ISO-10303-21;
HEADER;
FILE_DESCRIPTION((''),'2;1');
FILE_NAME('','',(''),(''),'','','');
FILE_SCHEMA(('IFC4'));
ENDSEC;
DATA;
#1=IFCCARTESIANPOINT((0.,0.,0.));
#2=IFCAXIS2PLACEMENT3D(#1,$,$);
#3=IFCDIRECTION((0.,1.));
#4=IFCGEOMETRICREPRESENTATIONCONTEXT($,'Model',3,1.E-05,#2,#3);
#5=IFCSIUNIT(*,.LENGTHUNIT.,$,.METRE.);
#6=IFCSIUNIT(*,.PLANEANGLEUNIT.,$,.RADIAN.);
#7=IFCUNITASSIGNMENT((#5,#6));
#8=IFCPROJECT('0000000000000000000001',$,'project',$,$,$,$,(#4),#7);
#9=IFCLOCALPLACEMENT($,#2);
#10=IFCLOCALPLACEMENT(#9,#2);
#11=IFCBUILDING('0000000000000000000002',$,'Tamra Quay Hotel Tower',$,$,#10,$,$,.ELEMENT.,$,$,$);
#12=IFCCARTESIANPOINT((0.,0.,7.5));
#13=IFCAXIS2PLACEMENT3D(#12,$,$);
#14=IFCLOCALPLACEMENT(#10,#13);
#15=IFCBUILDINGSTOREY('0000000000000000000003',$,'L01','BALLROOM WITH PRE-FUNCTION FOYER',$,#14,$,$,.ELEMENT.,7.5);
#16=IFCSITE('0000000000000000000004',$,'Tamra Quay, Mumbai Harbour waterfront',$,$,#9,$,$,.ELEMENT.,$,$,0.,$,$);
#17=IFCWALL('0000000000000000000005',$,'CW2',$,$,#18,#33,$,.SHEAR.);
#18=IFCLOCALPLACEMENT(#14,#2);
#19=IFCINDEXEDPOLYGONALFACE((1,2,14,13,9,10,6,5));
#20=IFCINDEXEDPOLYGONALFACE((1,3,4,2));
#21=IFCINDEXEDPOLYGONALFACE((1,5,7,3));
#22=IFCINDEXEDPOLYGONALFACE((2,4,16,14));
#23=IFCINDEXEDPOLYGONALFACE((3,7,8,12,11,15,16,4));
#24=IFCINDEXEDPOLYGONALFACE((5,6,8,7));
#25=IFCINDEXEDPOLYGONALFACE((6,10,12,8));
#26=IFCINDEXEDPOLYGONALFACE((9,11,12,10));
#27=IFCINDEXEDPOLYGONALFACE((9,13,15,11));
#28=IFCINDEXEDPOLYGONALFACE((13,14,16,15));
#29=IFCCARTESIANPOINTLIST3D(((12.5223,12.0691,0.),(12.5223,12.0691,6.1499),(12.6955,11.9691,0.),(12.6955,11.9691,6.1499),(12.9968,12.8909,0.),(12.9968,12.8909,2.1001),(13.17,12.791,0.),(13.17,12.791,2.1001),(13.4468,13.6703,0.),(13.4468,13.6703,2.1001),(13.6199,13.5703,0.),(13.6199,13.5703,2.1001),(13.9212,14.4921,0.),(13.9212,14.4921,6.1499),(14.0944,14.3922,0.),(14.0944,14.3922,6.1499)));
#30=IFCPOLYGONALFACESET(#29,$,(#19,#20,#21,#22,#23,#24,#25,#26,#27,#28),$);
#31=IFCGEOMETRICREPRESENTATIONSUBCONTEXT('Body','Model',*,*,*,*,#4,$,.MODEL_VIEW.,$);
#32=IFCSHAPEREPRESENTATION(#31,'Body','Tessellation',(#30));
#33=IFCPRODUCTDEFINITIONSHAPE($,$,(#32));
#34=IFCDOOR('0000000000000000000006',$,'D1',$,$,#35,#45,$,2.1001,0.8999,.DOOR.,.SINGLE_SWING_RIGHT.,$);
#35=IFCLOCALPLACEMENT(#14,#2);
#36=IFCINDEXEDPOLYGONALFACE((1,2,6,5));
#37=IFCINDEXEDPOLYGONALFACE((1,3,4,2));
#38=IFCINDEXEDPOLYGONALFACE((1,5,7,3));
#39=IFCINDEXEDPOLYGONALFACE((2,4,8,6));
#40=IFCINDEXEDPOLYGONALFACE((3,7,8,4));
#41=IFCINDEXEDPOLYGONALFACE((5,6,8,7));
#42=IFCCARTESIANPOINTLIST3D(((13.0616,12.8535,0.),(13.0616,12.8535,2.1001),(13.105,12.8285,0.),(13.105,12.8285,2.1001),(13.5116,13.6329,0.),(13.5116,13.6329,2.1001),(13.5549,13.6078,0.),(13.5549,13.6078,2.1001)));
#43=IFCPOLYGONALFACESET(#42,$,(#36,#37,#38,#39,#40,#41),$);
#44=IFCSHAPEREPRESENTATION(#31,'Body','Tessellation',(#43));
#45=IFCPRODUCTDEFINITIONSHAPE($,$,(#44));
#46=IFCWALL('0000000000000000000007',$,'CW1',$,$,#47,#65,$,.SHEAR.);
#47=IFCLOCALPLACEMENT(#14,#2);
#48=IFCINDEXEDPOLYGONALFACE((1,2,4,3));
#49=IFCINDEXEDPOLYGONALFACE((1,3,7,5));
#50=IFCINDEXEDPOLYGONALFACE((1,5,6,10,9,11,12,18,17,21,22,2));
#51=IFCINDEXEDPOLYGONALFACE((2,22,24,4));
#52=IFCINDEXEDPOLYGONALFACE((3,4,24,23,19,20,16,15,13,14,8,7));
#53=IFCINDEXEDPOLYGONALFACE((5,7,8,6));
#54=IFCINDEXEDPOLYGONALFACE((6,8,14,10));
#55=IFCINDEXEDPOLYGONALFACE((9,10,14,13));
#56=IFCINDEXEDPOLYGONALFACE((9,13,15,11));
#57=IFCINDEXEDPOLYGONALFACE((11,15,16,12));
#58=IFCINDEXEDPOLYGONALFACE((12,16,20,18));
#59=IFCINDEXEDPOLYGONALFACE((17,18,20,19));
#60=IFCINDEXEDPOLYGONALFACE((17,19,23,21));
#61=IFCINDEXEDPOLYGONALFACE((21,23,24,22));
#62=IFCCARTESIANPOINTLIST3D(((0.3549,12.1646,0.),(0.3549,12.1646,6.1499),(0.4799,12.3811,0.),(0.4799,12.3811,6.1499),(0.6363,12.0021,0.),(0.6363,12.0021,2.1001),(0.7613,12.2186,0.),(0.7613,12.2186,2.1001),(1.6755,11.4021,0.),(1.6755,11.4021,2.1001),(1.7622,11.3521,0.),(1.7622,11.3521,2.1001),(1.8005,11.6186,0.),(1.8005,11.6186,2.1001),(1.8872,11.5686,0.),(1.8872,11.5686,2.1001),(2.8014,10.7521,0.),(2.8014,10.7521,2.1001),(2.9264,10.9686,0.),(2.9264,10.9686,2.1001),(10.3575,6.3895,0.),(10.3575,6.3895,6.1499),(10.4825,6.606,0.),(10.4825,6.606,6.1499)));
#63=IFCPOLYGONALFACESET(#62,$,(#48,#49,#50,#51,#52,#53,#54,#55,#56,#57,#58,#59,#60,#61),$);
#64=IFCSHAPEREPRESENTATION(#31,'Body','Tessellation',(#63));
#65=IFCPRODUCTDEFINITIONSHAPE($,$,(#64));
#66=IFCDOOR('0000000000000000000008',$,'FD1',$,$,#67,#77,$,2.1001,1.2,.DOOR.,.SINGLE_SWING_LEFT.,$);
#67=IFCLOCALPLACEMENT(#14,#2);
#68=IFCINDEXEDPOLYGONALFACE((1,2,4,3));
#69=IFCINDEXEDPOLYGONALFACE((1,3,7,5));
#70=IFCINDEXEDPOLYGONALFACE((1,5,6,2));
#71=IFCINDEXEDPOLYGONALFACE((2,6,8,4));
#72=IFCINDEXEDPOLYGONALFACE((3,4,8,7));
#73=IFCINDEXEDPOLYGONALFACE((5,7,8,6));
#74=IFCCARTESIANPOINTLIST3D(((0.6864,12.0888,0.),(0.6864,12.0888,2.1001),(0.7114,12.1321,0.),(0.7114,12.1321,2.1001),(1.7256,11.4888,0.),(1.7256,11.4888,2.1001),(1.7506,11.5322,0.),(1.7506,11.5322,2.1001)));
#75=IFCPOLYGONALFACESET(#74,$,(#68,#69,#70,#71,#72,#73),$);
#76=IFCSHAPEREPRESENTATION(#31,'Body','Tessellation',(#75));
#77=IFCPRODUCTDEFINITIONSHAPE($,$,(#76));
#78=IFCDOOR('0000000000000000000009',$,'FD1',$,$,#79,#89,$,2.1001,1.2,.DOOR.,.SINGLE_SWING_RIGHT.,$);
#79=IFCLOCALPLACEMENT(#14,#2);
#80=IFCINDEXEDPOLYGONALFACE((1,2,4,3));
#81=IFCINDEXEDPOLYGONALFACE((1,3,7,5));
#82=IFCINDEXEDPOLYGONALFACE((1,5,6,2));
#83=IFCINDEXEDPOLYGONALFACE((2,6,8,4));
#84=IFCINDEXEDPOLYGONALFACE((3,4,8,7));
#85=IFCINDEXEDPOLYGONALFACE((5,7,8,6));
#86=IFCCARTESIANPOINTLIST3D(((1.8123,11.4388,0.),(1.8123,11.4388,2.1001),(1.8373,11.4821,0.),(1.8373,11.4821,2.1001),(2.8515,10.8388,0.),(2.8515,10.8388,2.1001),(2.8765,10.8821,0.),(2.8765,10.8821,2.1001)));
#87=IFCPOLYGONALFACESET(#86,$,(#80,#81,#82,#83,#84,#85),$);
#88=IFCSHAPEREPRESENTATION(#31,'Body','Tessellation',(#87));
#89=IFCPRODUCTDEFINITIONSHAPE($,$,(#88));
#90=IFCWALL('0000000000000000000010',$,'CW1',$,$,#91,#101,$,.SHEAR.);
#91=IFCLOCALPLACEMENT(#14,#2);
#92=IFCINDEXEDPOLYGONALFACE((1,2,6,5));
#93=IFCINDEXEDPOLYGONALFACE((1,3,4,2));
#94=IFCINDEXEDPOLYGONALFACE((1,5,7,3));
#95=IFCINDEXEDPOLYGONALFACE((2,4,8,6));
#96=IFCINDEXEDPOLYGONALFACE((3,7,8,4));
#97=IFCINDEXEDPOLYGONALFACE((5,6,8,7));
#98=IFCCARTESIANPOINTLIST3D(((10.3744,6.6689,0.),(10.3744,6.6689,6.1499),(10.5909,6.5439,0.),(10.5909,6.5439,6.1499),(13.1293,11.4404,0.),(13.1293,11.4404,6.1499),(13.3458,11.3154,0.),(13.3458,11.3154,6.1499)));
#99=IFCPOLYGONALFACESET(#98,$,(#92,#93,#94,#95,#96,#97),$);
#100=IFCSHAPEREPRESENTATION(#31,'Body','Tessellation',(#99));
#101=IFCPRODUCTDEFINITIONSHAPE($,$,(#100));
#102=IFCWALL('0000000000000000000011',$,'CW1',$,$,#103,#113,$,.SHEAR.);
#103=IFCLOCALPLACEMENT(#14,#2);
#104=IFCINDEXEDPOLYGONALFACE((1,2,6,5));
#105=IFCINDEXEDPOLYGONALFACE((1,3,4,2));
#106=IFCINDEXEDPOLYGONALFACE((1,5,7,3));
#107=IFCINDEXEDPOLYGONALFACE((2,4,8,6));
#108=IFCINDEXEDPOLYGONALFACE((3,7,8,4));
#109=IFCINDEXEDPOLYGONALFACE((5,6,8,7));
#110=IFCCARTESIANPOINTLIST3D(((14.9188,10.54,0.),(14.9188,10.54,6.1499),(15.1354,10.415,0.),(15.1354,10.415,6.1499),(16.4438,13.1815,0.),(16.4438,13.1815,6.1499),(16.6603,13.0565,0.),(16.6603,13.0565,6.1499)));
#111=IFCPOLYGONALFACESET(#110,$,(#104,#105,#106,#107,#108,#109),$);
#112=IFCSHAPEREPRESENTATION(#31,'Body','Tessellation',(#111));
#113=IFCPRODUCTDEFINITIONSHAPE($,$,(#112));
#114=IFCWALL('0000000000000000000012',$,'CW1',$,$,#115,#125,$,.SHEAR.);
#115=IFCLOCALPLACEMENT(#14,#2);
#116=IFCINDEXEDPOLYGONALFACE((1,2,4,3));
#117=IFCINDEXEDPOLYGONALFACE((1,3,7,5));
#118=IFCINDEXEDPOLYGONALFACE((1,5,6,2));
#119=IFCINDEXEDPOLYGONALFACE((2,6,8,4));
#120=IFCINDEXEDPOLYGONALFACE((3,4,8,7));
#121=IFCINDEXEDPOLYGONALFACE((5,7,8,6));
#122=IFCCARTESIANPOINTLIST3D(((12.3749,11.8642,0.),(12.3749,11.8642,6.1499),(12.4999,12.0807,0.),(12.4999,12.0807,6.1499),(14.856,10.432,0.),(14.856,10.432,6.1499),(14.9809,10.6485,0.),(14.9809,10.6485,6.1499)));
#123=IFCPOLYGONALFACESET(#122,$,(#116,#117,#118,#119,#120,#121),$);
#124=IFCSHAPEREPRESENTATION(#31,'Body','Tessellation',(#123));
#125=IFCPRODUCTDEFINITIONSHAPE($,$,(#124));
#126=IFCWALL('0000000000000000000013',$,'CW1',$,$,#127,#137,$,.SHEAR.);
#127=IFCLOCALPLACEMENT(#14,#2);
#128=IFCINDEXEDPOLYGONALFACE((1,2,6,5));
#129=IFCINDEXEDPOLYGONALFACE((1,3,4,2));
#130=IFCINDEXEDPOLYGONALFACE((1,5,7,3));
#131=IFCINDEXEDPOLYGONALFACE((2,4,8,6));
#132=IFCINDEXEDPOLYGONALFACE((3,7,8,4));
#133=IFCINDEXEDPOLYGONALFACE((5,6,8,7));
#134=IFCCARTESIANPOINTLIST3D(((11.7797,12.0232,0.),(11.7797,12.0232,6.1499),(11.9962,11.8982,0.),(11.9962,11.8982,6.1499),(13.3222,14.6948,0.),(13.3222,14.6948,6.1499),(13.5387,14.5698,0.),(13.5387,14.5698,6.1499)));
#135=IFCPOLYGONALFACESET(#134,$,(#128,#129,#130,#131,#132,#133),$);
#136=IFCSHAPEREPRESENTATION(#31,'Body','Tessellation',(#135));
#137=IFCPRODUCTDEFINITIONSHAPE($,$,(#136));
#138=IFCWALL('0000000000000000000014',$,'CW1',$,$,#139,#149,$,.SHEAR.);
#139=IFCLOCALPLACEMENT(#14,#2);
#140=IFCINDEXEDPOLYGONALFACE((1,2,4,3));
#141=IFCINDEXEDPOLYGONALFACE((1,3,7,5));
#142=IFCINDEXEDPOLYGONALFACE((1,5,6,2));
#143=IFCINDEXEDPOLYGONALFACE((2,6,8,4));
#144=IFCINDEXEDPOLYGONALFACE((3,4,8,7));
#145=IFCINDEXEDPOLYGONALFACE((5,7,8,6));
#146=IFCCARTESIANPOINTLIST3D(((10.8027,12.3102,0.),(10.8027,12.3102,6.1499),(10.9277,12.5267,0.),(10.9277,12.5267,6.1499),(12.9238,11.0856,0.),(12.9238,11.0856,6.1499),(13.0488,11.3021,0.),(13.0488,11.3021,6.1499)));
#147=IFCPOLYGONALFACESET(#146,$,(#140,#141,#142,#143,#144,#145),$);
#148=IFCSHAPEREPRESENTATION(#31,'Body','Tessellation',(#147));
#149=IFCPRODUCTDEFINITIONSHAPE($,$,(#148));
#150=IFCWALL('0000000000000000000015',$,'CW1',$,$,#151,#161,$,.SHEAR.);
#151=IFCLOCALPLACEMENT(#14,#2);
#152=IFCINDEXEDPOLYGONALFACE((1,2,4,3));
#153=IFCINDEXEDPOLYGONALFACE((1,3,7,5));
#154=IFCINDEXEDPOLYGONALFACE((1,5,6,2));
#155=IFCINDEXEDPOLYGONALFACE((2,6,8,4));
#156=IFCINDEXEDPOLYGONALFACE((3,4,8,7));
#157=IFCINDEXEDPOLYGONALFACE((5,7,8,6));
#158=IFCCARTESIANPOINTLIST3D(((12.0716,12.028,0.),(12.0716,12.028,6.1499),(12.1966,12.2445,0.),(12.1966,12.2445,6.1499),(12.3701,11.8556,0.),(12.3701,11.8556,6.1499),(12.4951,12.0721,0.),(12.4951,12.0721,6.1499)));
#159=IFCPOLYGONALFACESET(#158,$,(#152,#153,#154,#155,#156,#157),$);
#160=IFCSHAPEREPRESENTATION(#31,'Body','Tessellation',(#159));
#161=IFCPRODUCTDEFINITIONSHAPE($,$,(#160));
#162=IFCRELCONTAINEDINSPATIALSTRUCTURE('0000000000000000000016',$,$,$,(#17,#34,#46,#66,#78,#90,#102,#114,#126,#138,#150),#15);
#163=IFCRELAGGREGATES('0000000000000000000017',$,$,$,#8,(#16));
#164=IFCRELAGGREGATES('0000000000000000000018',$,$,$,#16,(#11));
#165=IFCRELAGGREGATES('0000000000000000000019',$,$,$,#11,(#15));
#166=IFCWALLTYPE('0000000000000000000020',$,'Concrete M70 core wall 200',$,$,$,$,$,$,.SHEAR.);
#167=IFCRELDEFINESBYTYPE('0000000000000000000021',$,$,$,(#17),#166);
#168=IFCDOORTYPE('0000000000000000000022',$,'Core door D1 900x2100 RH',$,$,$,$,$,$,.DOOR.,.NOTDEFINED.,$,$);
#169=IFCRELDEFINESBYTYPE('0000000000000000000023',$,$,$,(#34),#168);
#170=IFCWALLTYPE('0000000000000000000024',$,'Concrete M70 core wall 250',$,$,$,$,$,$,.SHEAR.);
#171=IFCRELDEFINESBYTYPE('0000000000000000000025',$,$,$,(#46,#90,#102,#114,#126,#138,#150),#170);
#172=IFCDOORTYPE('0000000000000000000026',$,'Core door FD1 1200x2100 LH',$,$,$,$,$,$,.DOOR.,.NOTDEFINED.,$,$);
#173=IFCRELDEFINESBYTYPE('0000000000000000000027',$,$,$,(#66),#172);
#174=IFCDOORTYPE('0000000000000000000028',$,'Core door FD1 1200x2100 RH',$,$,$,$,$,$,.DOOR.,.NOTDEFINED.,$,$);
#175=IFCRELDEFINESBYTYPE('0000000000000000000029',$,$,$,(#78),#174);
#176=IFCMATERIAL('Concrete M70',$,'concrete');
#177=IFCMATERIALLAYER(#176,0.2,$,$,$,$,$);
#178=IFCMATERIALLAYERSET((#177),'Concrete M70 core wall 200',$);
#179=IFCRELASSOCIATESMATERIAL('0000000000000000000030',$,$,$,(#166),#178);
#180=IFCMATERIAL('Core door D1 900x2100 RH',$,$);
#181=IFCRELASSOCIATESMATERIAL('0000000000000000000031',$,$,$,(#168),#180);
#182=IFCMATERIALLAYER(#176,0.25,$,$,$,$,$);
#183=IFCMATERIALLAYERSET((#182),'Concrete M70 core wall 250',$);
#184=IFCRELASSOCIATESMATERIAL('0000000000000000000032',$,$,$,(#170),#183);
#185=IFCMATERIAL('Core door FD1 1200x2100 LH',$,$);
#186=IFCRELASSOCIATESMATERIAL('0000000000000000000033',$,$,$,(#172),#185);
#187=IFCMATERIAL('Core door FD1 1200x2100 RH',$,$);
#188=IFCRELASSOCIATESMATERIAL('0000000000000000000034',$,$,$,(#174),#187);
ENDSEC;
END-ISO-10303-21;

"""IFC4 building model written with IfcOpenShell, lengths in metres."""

from ifc_helpers import new_model, si_unit, direction, frame, frame_2d, origin, place, context, subcontext, project, spatial, rectangle, extrude, material, layer, layer_set, type_object, element, fill, save


model = new_model("IFC4")

# Units and contexts
model_context = context("Model", 3, precision=1e-05, world=origin(), true_north=direction((0.0, 1.0)))
body_context = subcontext(model_context, "Body", "Model", "MODEL_VIEW")
ifc_project = project(units=[si_unit("LENGTHUNIT", "METRE"), si_unit("PLANEANGLEUNIT", "RADIAN")], contexts=[model_context])

# Site, building, storey
site_placement = place(None, origin())
site = spatial("IfcSite", under=ifc_project, at=site_placement, Name="Tamra Quay, Mumbai Harbour waterfront", CompositionType="ELEMENT", RefElevation=0.0)
building_placement = place(site_placement, origin())
building = spatial("IfcBuilding", under=site, at=building_placement, Name="Tamra Quay Hotel Tower", CompositionType="ELEMENT")
storey_placement = place(building_placement, frame((0.0, 0.0, 7.5)))
storey = spatial("IfcBuildingStorey", under=building, at=storey_placement, Name="L01", Description="BALLROOM WITH PRE-FUNCTION FOYER", CompositionType="ELEMENT", Elevation=7.5)

# Wall, opening, door
ifc_material_1 = material(Name="Concrete M70", Category="concrete")
ifc_layer_1 = layer(ifc_material_1, 0.2)
ifc_layer_set_1 = layer_set([ifc_layer_1], Name="Concrete M70 core wall 200")
wall_type_1 = type_object("IfcWallType", Name="Concrete M70 core wall 200", PredefinedType="SHEAR", material=ifc_layer_set_1)
wall_1_placement = place(storey_placement, frame((14.0078, 14.4421, 0.0), z_axis=(0.0, 0.0, 1.0), x_axis=(-0.499987, -0.866033, 0.0)))
wall_1 = element("IfcWall", 1, at=wall_1_placement, inside=storey, type_object=wall_type_1, Name="CW2", PredefinedType="SHEAR", context=body_context, shape_type="SweptSolid", body=[
    extrude(rectangle(XDim=2.7979, YDim=0.2, at=frame_2d((1.3989, 0.0))), origin(), (0.0, 0.0, 1.0), 6.1499),
])
opening_1_placement = place(wall_1_placement, frame((0.949, 0.0, 0.0)))
opening_1 = element("IfcOpeningElement", 2, at=opening_1_placement, cuts=wall_1, PredefinedType="OPENING", context=body_context, shape_type="SweptSolid", body=[
    extrude(rectangle(XDim=0.8999, YDim=2.1001, at=frame_2d((0.45, 1.05))), frame((0.0, 0.1099, 0.0), z_axis=(0.0, -1.0, 0.0), x_axis=(1.0, 0.0, 0.0)), (0.0, 0.0, 1.0), 0.22),
])
ifc_material_2 = material(Name="Core door D1 900x2100 RH")
door_type_1 = type_object("IfcDoorType", Name="Core door D1 900x2100 RH", OperationType="NOTDEFINED", PredefinedType="DOOR", material=ifc_material_2)
door_1_placement = place(opening_1_placement, origin())
door_1 = element("IfcDoor", 3, at=door_1_placement, inside=storey, type_object=door_type_1, Name="D1", OperationType="SINGLE_SWING_RIGHT", OverallHeight=2.1001, OverallWidth=0.8999, PredefinedType="DOOR", context=body_context, shape_type="SweptSolid", body=[
    extrude(rectangle(XDim=0.8999, YDim=2.1001, at=frame_2d((0.45, 1.05))), frame((0.0, 0.0249, 0.0), z_axis=(0.0, -1.0, 0.0), x_axis=(1.0, 0.0, 0.0)), (0.0, 0.0, 1.0), 0.05),
])
fill(opening_1, door_1)

# Wall, openings, doors
ifc_layer_2 = layer(ifc_material_1, 0.25)
ifc_layer_set_2 = layer_set([ifc_layer_2], Name="Concrete M70 core wall 250")
wall_type_2 = type_object("IfcWallType", Name="Concrete M70 core wall 250", PredefinedType="SHEAR", material=ifc_layer_set_2)
wall_2_placement = place(storey_placement, frame((10.4199, 6.4978, 0.0), z_axis=(0.0, 0.0, 1.0), x_axis=(-0.866022, 0.500006, 0.0)))
wall_2 = element("IfcWall", 4, at=wall_2_placement, inside=storey, type_object=wall_type_2, Name="CW1", PredefinedType="SHEAR", context=body_context, shape_type="SweptSolid", body=[
    extrude(rectangle(XDim=11.55, YDim=0.25, at=frame_2d((5.7749, 0.0))), origin(), (0.0, 0.0, 1.0), 6.1499),
])
opening_2_placement = place(wall_2_placement, frame((10.0249, 0.0, 0.0)))
opening_2 = element("IfcOpeningElement", 5, at=opening_2_placement, cuts=wall_2, PredefinedType="OPENING", context=body_context, shape_type="SweptSolid", body=[
    extrude(rectangle(XDim=1.2, YDim=2.1001, at=frame_2d((0.6001, 1.05))), frame((0.0, 0.135, 0.0), z_axis=(0.0, -1.0, 0.0), x_axis=(1.0, 0.0, 0.0)), (0.0, 0.0, 1.0), 0.27),
])
opening_3_placement = place(wall_2_placement, frame((8.7249, 0.0, 0.0)))
opening_3 = element("IfcOpeningElement", 6, at=opening_3_placement, cuts=wall_2, PredefinedType="OPENING", context=body_context, shape_type="SweptSolid", body=[
    extrude(rectangle(XDim=1.2, YDim=2.1001, at=frame_2d((0.6001, 1.05))), frame((0.0, 0.135, 0.0), z_axis=(0.0, -1.0, 0.0), x_axis=(1.0, 0.0, 0.0)), (0.0, 0.0, 1.0), 0.27),
])
ifc_material_3 = material(Name="Core door FD1 1200x2100 LH")
door_type_2 = type_object("IfcDoorType", Name="Core door FD1 1200x2100 LH", OperationType="NOTDEFINED", PredefinedType="DOOR", material=ifc_material_3)
door_2_placement = place(opening_2_placement, origin())
door_2 = element("IfcDoor", 7, at=door_2_placement, inside=storey, type_object=door_type_2, Name="FD1", OperationType="SINGLE_SWING_LEFT", OverallHeight=2.1001, OverallWidth=1.2, PredefinedType="DOOR", context=body_context, shape_type="SweptSolid", body=[
    extrude(rectangle(XDim=1.2, YDim=2.1001, at=frame_2d((0.6001, 1.05))), frame((0.0, 0.0249, 0.0), z_axis=(0.0, -1.0, 0.0), x_axis=(1.0, 0.0, 0.0)), (0.0, 0.0, 1.0), 0.05),
])
fill(opening_2, door_2)
ifc_material_4 = material(Name="Core door FD1 1200x2100 RH")
door_type_3 = type_object("IfcDoorType", Name="Core door FD1 1200x2100 RH", OperationType="NOTDEFINED", PredefinedType="DOOR", material=ifc_material_4)
door_3_placement = place(opening_3_placement, origin())
door_3 = element("IfcDoor", 8, at=door_3_placement, inside=storey, type_object=door_type_3, Name="FD1", OperationType="SINGLE_SWING_RIGHT", OverallHeight=2.1001, OverallWidth=1.2, PredefinedType="DOOR", context=body_context, shape_type="SweptSolid", body=[
    extrude(rectangle(XDim=1.2, YDim=2.1001, at=frame_2d((0.6001, 1.05))), frame((0.0, 0.0249, 0.0), z_axis=(0.0, -1.0, 0.0), x_axis=(1.0, 0.0, 0.0)), (0.0, 0.0, 1.0), 0.05),
])
fill(opening_3, door_3)

# Walls
wall_3_placement = place(storey_placement, frame((13.2375, 11.3779, 0.0), z_axis=(0.0, 0.0, 1.0), x_axis=(-0.500009, -0.86602, 0.0)))
element("IfcWall", 9, at=wall_3_placement, inside=storey, type_object=wall_type_2, Name="CW1", PredefinedType="SHEAR", context=body_context, shape_type="SweptSolid", body=[
    extrude(rectangle(XDim=5.5098, YDim=0.25, at=frame_2d((2.7549, 0.0))), origin(), (0.0, 0.0, 1.0), 6.1499),
])
wall_4_placement = place(storey_placement, frame((16.552, 13.1189, 0.0), z_axis=(0.0, 0.0, 1.0), x_axis=(-0.499979, -0.866038, 0.0)))
element("IfcWall", 10, at=wall_4_placement, inside=storey, type_object=wall_type_2, Name="CW1", PredefinedType="SHEAR", context=body_context, shape_type="SweptSolid", body=[
    extrude(rectangle(XDim=3.05, YDim=0.25, at=frame_2d((1.5249, 0.0))), origin(), (0.0, 0.0, 1.0), 6.1499),
])
wall_5_placement = place(storey_placement, frame((14.9185, 10.5403, 0.0), z_axis=(0.0, 0.0, 1.0), x_axis=(-0.866064, 0.499934, 0.0)))
element("IfcWall", 11, at=wall_5_placement, inside=storey, type_object=wall_type_2, Name="CW1", PredefinedType="SHEAR", context=body_context, shape_type="SweptSolid", body=[
    extrude(rectangle(XDim=2.8647, YDim=0.25, at=frame_2d((1.4324, 0.0))), origin(), (0.0, 0.0, 1.0), 6.1499),
])
wall_6_placement = place(storey_placement, frame((11.8879, 11.9607, 0.0), z_axis=(0.0, 0.0, 1.0), x_axis=(0.500003, 0.866023, 0.0)))
element("IfcWall", 12, at=wall_6_placement, inside=storey, type_object=wall_type_2, Name="CW1", PredefinedType="SHEAR", context=body_context, shape_type="SweptSolid", body=[
    extrude(rectangle(XDim=3.085, YDim=0.25, at=frame_2d((1.5425, 0.0))), origin(), (0.0, 0.0, 1.0), 6.1499),
])
wall_7_placement = place(storey_placement, frame((10.8652, 12.4185, 0.0), z_axis=(0.0, 0.0, 1.0), x_axis=(0.866026, -0.499999, 0.0)))
element("IfcWall", 13, at=wall_7_placement, inside=storey, type_object=wall_type_2, Name="CW1", PredefinedType="SHEAR", context=body_context, shape_type="SweptSolid", body=[
    extrude(rectangle(XDim=2.4492, YDim=0.25, at=frame_2d((1.2246, 0.0))), origin(), (0.0, 0.0, 1.0), 6.1499),
])
wall_8_placement = place(storey_placement, frame((12.4326, 11.9639, 0.0), z_axis=(0.0, 0.0, 1.0), x_axis=(-0.866056, 0.499947, 0.0)))
element("IfcWall", 14, at=wall_8_placement, inside=storey, type_object=wall_type_2, Name="CW1", PredefinedType="SHEAR", context=body_context, shape_type="SweptSolid", body=[
    extrude(rectangle(XDim=0.3447, YDim=0.25, at=frame_2d((0.1724, 0.0))), origin(), (0.0, 0.0, 1.0), 6.1499),
])

save(model, "model.ifc")
